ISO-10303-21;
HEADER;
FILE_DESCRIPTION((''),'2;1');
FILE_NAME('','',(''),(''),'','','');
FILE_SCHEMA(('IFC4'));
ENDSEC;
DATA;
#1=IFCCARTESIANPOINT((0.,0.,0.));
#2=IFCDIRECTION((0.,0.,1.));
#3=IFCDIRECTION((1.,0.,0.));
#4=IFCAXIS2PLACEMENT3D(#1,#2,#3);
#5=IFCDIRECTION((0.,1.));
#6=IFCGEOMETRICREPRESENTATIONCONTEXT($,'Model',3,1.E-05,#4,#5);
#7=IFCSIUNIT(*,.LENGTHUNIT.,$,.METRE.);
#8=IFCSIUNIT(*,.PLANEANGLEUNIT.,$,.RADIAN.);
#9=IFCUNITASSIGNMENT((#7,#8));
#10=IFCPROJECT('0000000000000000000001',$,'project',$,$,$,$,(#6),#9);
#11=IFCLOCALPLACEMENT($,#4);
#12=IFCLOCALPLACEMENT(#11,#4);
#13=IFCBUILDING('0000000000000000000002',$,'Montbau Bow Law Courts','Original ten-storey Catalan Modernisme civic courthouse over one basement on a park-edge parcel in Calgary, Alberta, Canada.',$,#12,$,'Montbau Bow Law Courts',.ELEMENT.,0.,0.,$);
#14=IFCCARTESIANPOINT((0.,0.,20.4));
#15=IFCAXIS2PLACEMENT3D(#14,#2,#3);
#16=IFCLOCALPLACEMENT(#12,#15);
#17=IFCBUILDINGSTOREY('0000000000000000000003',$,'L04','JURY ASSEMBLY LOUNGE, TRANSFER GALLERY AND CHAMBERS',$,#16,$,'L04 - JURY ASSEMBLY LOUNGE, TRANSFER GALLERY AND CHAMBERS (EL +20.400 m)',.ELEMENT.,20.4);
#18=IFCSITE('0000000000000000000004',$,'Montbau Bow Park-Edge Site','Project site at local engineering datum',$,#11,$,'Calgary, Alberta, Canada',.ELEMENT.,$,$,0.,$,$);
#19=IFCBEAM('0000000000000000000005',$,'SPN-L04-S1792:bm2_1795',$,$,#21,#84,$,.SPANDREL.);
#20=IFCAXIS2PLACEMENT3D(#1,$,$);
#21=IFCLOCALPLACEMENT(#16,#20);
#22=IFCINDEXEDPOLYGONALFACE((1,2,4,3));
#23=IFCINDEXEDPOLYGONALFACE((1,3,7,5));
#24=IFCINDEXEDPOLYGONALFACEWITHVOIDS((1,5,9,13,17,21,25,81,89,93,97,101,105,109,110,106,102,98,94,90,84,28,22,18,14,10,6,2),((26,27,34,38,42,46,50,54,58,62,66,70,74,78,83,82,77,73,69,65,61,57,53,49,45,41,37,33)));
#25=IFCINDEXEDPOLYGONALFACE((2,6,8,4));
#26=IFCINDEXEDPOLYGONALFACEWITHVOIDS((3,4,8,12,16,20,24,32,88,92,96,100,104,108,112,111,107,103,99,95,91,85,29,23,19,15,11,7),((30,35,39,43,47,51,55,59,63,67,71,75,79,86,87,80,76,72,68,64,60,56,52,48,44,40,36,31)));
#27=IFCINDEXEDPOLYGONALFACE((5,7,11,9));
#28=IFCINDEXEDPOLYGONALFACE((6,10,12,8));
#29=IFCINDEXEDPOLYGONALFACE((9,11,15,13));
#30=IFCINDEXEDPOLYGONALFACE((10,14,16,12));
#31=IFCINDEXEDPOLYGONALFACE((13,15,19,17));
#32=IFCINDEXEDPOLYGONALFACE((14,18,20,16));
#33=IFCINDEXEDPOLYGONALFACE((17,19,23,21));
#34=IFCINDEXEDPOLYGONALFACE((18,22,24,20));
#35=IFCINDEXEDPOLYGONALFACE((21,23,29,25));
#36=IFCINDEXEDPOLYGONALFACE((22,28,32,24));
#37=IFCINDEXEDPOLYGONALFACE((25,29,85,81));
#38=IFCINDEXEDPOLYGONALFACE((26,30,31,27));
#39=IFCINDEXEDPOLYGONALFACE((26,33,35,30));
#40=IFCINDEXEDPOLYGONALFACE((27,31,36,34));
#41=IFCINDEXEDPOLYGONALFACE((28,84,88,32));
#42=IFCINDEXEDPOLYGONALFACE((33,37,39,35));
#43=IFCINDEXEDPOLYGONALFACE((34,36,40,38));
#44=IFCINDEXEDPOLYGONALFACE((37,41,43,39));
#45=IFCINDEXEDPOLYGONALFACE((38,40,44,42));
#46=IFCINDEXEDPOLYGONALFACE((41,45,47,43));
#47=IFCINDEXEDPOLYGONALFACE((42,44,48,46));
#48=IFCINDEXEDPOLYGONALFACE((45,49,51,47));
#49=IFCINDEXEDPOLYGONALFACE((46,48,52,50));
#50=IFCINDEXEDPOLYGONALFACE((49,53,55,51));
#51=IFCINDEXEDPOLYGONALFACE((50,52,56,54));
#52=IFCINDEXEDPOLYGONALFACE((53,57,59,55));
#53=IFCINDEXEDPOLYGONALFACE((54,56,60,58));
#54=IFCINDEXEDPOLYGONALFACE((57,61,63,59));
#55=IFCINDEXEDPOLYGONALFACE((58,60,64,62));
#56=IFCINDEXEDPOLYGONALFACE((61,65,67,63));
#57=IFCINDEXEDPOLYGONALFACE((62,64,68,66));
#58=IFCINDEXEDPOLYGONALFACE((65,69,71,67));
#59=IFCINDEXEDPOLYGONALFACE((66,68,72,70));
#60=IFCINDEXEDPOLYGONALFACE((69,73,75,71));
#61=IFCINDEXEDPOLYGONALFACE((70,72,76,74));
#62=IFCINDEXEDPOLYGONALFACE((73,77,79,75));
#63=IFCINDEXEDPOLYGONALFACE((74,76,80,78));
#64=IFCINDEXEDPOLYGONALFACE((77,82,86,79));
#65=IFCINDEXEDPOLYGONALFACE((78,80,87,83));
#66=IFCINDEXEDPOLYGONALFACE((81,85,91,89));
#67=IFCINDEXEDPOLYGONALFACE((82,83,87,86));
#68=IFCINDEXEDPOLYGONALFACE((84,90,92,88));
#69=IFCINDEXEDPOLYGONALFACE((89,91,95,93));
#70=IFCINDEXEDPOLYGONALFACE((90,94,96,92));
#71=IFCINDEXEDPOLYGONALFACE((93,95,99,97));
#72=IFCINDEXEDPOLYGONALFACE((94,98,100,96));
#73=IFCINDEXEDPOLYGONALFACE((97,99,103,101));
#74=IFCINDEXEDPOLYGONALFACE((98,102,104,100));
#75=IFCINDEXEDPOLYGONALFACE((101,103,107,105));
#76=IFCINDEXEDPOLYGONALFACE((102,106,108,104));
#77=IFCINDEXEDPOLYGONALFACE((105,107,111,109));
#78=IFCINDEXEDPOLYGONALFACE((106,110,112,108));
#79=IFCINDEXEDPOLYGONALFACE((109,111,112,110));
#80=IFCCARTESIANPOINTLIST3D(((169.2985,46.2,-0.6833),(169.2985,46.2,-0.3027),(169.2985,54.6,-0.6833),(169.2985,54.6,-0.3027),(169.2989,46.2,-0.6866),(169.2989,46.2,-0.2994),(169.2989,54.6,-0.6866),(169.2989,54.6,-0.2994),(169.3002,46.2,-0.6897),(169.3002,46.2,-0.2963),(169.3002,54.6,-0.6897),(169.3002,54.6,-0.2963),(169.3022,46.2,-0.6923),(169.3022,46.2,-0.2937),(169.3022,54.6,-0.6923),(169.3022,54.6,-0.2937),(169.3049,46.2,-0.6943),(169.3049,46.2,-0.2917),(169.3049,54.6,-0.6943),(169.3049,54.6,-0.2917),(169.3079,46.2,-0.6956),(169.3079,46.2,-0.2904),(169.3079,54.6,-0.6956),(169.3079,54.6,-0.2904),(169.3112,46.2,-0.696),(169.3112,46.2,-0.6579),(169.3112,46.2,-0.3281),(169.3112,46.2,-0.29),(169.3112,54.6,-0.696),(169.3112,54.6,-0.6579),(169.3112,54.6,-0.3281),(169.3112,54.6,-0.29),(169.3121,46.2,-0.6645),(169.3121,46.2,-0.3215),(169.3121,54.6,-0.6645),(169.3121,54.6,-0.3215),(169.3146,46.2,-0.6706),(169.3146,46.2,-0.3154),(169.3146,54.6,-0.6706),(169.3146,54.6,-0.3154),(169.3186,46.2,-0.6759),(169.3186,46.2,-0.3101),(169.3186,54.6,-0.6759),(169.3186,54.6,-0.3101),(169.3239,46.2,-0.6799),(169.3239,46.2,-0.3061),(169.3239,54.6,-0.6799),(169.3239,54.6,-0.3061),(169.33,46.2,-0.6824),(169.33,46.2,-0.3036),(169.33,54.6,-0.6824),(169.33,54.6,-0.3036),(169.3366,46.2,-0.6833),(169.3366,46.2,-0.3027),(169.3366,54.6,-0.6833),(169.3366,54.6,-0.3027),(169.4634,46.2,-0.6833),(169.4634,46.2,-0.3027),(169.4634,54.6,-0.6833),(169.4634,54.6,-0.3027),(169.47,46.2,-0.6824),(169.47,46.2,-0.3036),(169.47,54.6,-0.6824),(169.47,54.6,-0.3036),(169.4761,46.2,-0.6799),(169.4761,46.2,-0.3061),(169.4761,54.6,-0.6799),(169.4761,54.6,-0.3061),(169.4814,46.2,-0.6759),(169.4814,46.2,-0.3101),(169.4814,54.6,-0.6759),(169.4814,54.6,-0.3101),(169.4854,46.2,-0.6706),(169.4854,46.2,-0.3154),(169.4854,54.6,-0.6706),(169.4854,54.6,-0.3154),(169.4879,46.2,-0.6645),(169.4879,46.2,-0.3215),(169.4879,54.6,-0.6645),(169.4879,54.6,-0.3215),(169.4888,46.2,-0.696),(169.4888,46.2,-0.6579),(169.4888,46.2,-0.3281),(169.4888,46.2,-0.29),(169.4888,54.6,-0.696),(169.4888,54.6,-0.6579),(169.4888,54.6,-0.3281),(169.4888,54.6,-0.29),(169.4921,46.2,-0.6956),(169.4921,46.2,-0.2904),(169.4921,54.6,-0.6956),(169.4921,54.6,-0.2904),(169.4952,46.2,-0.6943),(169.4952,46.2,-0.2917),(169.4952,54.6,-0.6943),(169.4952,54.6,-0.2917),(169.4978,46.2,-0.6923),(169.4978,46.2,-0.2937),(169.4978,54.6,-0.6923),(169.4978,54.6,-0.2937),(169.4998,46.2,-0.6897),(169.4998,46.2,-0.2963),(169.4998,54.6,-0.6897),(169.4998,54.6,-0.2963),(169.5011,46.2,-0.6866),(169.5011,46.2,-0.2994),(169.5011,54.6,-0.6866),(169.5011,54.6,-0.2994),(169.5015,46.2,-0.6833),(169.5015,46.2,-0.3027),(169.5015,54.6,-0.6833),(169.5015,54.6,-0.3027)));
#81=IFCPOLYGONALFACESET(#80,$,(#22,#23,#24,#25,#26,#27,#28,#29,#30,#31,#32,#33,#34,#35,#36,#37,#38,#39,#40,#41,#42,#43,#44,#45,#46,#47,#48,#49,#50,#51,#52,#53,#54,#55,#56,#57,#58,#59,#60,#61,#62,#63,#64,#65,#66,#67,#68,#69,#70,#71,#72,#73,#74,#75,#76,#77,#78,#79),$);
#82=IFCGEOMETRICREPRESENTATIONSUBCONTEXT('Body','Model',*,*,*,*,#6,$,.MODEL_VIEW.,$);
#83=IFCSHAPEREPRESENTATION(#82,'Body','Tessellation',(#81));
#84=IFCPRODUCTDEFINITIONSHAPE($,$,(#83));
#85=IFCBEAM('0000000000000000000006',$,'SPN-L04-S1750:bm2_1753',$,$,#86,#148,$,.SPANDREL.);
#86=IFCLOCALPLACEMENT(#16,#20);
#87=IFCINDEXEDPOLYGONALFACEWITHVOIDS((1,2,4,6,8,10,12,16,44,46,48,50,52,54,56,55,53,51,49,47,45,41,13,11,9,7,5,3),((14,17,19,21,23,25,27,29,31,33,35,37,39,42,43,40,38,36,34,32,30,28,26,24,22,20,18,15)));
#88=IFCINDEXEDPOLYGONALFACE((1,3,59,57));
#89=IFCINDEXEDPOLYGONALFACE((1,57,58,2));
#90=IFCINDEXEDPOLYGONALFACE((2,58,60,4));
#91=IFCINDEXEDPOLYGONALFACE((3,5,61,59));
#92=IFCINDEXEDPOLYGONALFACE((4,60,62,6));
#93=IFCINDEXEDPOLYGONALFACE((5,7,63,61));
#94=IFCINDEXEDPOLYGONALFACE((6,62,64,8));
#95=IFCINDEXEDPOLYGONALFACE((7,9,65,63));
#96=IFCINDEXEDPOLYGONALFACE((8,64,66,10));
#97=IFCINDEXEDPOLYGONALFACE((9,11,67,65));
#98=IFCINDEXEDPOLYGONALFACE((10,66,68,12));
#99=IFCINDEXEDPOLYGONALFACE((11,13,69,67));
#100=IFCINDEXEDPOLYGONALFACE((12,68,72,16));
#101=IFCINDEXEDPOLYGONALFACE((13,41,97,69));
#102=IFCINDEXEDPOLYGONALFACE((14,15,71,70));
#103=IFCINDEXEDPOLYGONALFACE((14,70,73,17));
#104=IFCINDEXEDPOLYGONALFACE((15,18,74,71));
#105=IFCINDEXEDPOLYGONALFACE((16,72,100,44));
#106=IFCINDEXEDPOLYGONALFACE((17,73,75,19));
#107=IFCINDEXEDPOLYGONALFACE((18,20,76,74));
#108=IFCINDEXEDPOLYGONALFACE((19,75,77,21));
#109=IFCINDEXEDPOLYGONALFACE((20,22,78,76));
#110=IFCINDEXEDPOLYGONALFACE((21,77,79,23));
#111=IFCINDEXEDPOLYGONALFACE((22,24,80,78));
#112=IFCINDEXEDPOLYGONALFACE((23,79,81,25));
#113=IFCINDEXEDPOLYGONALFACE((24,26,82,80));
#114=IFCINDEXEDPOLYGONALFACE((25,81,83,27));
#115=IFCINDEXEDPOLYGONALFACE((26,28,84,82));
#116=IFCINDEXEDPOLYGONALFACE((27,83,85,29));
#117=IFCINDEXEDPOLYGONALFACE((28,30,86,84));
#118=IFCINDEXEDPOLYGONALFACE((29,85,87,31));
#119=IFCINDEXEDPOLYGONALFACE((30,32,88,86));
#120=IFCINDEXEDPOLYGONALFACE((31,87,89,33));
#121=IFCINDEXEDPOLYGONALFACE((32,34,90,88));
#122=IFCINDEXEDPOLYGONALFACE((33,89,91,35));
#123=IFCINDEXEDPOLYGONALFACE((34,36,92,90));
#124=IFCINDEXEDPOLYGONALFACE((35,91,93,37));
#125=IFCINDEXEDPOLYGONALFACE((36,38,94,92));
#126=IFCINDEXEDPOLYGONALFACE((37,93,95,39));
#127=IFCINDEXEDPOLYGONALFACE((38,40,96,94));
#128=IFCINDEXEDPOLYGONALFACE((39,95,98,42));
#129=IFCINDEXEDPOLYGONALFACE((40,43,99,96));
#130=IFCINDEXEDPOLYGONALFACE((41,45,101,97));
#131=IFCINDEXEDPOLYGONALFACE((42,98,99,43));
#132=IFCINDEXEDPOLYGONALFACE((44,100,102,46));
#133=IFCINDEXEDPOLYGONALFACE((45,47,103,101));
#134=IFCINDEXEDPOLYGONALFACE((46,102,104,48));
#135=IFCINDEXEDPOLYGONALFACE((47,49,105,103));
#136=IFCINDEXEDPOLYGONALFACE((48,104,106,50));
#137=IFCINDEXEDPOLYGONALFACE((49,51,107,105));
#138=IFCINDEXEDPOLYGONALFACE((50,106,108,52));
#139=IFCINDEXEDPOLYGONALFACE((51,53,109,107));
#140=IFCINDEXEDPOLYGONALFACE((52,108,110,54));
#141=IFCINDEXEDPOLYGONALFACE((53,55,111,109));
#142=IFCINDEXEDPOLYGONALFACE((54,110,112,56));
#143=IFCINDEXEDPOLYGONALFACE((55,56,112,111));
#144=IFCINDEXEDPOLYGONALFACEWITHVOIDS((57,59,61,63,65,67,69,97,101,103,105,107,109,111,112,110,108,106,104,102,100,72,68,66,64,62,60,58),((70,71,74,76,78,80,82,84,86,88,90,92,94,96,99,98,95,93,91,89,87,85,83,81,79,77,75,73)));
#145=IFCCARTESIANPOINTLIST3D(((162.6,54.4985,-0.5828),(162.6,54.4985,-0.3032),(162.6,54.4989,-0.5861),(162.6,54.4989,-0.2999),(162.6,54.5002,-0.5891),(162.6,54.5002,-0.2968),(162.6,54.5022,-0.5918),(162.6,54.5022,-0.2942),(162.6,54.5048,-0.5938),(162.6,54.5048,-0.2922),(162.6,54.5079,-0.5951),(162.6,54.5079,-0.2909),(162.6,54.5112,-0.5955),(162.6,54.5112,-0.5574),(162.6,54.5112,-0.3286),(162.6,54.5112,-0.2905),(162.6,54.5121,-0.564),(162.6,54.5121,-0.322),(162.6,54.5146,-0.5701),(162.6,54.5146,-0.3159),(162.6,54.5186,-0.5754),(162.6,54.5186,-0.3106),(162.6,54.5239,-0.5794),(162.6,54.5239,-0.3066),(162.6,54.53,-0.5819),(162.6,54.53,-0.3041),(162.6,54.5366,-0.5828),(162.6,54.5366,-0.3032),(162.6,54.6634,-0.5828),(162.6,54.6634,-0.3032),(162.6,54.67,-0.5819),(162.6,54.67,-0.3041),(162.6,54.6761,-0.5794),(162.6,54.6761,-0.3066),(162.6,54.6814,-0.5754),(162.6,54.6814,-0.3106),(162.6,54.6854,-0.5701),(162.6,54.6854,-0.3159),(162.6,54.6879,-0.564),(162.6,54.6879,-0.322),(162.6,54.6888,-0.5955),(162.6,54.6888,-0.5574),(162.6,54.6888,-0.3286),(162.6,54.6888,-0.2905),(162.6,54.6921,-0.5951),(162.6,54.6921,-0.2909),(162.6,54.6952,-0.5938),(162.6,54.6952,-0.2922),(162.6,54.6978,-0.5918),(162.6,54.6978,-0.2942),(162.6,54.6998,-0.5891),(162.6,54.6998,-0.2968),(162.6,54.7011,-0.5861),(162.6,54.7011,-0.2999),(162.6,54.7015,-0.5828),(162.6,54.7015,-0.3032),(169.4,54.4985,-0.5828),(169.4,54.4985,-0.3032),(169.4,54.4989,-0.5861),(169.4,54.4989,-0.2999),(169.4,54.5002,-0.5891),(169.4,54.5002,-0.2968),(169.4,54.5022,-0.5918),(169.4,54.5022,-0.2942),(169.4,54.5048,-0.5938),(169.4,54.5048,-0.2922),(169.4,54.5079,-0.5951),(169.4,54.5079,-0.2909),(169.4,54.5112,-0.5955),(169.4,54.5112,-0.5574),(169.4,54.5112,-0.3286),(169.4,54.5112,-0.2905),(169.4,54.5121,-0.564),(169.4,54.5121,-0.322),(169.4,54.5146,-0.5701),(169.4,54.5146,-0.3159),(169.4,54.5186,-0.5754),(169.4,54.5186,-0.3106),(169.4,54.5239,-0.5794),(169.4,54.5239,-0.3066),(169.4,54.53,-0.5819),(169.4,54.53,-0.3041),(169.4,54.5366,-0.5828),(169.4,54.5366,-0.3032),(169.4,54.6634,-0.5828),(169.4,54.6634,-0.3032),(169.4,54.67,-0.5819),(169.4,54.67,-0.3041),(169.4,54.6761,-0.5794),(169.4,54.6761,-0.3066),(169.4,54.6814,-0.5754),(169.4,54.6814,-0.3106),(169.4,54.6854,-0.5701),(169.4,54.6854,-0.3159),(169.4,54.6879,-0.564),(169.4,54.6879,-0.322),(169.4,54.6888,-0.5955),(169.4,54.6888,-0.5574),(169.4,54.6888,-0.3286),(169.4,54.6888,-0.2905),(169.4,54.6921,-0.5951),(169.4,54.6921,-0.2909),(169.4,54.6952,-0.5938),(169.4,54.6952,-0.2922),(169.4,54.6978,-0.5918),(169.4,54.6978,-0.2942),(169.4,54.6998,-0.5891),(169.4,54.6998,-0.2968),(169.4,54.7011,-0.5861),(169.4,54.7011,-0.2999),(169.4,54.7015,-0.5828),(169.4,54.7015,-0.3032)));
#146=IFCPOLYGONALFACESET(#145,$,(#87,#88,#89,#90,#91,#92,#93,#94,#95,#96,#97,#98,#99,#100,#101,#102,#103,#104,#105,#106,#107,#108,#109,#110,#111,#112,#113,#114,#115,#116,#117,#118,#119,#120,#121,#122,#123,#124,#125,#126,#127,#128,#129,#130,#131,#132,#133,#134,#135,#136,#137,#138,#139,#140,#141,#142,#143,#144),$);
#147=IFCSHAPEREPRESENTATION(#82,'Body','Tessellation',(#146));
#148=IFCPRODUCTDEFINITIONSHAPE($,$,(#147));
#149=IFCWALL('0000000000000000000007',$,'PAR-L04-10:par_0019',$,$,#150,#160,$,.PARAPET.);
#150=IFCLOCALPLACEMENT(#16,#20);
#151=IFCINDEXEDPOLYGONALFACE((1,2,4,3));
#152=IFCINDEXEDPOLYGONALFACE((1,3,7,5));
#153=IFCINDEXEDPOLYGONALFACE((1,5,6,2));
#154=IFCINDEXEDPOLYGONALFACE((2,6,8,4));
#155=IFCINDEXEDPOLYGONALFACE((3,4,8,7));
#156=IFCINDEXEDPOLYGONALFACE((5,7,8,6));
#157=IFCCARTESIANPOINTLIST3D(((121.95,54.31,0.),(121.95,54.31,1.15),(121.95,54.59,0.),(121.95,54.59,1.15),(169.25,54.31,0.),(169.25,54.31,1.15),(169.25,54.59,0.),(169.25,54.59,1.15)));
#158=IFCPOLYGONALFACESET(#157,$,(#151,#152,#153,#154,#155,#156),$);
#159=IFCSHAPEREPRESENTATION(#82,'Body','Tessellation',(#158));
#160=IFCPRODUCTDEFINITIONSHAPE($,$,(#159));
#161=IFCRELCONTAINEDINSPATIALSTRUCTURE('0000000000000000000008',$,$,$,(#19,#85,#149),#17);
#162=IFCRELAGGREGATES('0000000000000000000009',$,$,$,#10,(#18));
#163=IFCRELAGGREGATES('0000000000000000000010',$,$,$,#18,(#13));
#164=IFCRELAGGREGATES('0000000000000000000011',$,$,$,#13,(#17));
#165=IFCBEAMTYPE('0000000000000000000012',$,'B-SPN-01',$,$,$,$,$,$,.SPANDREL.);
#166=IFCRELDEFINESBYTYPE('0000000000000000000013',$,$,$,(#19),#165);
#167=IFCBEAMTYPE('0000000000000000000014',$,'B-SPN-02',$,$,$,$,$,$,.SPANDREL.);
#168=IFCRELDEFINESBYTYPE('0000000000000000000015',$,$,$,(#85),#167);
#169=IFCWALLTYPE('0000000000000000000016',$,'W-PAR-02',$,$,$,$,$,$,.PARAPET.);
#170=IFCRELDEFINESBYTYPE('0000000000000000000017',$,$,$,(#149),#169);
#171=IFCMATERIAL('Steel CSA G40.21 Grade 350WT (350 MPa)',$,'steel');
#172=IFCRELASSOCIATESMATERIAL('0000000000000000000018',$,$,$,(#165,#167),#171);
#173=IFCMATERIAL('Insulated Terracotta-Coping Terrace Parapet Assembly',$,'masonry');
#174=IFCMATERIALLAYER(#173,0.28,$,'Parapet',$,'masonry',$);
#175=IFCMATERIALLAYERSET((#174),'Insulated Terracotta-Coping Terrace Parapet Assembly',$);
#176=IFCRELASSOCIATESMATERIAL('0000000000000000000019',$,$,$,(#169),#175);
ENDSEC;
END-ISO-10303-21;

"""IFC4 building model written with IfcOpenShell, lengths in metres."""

from ifc_helpers import new_model, si_unit, direction, frame, frame_2d, origin_with_axes, origin_2d_with_axis, place, context, subcontext, project, spatial, rectangle, hollow_rectangle, extrude, material, layer, layer_set, material_profile, profile_set, type_object, element, save


model = new_model("IFC4")

# Units and contexts
model_context = context("Model", 3, precision=1e-05, world=origin_with_axes(), true_north=direction((0.0, 1.0)))
body_context = subcontext(model_context, "Body", "Model", "MODEL_VIEW")
ifc_project = project(units=[si_unit("LENGTHUNIT", "METRE"), si_unit("PLANEANGLEUNIT", "RADIAN")], contexts=[model_context])

# Site, building, storey
site_placement = place(None, origin_with_axes())
site = spatial("IfcSite", under=ifc_project, at=site_placement, Name="Montbau Bow Park-Edge Site", Description="Project site at local engineering datum", LongName="Calgary, Alberta, Canada", CompositionType="ELEMENT", RefElevation=0.0)
building_placement = place(site_placement, origin_with_axes())
building = spatial("IfcBuilding", under=site, at=building_placement, Name="Montbau Bow Law Courts", Description="Original ten-storey Catalan Modernisme civic courthouse over one basement on a park-edge parcel in Calgary, Alberta, Canada.", LongName="Montbau Bow Law Courts", CompositionType="ELEMENT", ElevationOfRefHeight=0.0, ElevationOfTerrain=0.0)
storey_placement = place(building_placement, frame((0.0, 0.0, 20.4), z_axis=(0.0, 0.0, 1.0), x_axis=(1.0, 0.0, 0.0)))
storey = spatial("IfcBuildingStorey", under=building, at=storey_placement, Name="L04", Description="JURY ASSEMBLY LOUNGE, TRANSFER GALLERY AND CHAMBERS", LongName="L04 - JURY ASSEMBLY LOUNGE, TRANSFER GALLERY AND CHAMBERS (EL +20.400 m)", CompositionType="ELEMENT", Elevation=20.4)

# Beams
ifc_material_1 = material(Name="Steel CSA G40.21 Grade 350WT (350 MPa)", Category="steel")
ifc_material_profile_1 = material_profile(ifc_material_1, hollow_rectangle(XDim=0.203, YDim=0.406, WallThickness=0.0127, InnerFilletRadius=0.0254, OuterFilletRadius=0.0127, at=origin_2d_with_axis()), Name="HSS406X203X13", Category="Main", Priority=0)
ifc_profile_set_1 = profile_set([ifc_material_profile_1], Name="Steel CSA G40.21 Grade 350WT (350 MPa)")
beam_type_1 = type_object("IfcBeamType", Name="B-SPN-01", PredefinedType="SPANDREL", material=ifc_profile_set_1)
beam_1_placement = place(None, frame((169.4, 46.2, 19.907), z_axis=(0.0, 1.0, 0.0), x_axis=(-1.0, 0.0, 0.0)))
element("IfcBeam", 1, at=beam_1_placement, inside=storey, type_object=beam_type_1, Name="SPN-L04-S1792:bm2_1795", PredefinedType="SPANDREL", context=body_context, shape_type="SweptSolid", body=[
    extrude(hollow_rectangle(XDim=0.203, YDim=0.406, WallThickness=0.0127, InnerFilletRadius=0.0254, OuterFilletRadius=0.0127, at=origin_2d_with_axis()), origin_with_axes(), (0.0, 0.0, 1.0), 8.4),
])
ifc_material_profile_2 = material_profile(ifc_material_1, hollow_rectangle(XDim=0.203, YDim=0.305, WallThickness=0.0127, InnerFilletRadius=0.0254, OuterFilletRadius=0.0127, at=origin_2d_with_axis()), Name="HSS305X203X13", Category="Main", Priority=0)
ifc_profile_set_2 = profile_set([ifc_material_profile_2], Name="Steel CSA G40.21 Grade 350WT (350 MPa)")
beam_type_2 = type_object("IfcBeamType", Name="B-SPN-02", PredefinedType="SPANDREL", material=ifc_profile_set_2)
beam_2_placement = place(None, frame((162.6, 54.6, 19.957), z_axis=(1.0, 0.0, 0.0), x_axis=(0.0, 1.0, 0.0)))
element("IfcBeam", 2, at=beam_2_placement, inside=storey, type_object=beam_type_2, Name="SPN-L04-S1750:bm2_1753", PredefinedType="SPANDREL", context=body_context, shape_type="SweptSolid", body=[
    extrude(hollow_rectangle(XDim=0.203, YDim=0.305, WallThickness=0.0127, InnerFilletRadius=0.0254, OuterFilletRadius=0.0127, at=origin_2d_with_axis()), origin_with_axes(), (0.0, 0.0, 1.0), 6.8),
])

# Wall
ifc_material_2 = material(Name="Insulated Terracotta-Coping Terrace Parapet Assembly", Category="masonry")
ifc_layer = layer(ifc_material_2, 0.28, Name="Parapet", Category="masonry")
ifc_layer_set = layer_set([ifc_layer], Name="Insulated Terracotta-Coping Terrace Parapet Assembly")
wall_type = type_object("IfcWallType", Name="W-PAR-02", PredefinedType="PARAPET", material=ifc_layer_set)
wall_placement = place(None, frame((169.25, 54.45, 20.4), z_axis=(0.0, 0.0, 1.0), x_axis=(-1.0, 0.0, 0.0)))
element("IfcWall", 3, at=wall_placement, inside=storey, type_object=wall_type, Name="PAR-L04-10:par_0019", PredefinedType="PARAPET", context=body_context, shape_type="SweptSolid", body=[
    extrude(rectangle(XDim=47.3, YDim=0.28, at=frame_2d((23.65, 0.0), x_axis=(1.0, 0.0))), origin_with_axes(), (0.0, 0.0, 1.0), 1.15),
])

save(model, "model.ifc")
